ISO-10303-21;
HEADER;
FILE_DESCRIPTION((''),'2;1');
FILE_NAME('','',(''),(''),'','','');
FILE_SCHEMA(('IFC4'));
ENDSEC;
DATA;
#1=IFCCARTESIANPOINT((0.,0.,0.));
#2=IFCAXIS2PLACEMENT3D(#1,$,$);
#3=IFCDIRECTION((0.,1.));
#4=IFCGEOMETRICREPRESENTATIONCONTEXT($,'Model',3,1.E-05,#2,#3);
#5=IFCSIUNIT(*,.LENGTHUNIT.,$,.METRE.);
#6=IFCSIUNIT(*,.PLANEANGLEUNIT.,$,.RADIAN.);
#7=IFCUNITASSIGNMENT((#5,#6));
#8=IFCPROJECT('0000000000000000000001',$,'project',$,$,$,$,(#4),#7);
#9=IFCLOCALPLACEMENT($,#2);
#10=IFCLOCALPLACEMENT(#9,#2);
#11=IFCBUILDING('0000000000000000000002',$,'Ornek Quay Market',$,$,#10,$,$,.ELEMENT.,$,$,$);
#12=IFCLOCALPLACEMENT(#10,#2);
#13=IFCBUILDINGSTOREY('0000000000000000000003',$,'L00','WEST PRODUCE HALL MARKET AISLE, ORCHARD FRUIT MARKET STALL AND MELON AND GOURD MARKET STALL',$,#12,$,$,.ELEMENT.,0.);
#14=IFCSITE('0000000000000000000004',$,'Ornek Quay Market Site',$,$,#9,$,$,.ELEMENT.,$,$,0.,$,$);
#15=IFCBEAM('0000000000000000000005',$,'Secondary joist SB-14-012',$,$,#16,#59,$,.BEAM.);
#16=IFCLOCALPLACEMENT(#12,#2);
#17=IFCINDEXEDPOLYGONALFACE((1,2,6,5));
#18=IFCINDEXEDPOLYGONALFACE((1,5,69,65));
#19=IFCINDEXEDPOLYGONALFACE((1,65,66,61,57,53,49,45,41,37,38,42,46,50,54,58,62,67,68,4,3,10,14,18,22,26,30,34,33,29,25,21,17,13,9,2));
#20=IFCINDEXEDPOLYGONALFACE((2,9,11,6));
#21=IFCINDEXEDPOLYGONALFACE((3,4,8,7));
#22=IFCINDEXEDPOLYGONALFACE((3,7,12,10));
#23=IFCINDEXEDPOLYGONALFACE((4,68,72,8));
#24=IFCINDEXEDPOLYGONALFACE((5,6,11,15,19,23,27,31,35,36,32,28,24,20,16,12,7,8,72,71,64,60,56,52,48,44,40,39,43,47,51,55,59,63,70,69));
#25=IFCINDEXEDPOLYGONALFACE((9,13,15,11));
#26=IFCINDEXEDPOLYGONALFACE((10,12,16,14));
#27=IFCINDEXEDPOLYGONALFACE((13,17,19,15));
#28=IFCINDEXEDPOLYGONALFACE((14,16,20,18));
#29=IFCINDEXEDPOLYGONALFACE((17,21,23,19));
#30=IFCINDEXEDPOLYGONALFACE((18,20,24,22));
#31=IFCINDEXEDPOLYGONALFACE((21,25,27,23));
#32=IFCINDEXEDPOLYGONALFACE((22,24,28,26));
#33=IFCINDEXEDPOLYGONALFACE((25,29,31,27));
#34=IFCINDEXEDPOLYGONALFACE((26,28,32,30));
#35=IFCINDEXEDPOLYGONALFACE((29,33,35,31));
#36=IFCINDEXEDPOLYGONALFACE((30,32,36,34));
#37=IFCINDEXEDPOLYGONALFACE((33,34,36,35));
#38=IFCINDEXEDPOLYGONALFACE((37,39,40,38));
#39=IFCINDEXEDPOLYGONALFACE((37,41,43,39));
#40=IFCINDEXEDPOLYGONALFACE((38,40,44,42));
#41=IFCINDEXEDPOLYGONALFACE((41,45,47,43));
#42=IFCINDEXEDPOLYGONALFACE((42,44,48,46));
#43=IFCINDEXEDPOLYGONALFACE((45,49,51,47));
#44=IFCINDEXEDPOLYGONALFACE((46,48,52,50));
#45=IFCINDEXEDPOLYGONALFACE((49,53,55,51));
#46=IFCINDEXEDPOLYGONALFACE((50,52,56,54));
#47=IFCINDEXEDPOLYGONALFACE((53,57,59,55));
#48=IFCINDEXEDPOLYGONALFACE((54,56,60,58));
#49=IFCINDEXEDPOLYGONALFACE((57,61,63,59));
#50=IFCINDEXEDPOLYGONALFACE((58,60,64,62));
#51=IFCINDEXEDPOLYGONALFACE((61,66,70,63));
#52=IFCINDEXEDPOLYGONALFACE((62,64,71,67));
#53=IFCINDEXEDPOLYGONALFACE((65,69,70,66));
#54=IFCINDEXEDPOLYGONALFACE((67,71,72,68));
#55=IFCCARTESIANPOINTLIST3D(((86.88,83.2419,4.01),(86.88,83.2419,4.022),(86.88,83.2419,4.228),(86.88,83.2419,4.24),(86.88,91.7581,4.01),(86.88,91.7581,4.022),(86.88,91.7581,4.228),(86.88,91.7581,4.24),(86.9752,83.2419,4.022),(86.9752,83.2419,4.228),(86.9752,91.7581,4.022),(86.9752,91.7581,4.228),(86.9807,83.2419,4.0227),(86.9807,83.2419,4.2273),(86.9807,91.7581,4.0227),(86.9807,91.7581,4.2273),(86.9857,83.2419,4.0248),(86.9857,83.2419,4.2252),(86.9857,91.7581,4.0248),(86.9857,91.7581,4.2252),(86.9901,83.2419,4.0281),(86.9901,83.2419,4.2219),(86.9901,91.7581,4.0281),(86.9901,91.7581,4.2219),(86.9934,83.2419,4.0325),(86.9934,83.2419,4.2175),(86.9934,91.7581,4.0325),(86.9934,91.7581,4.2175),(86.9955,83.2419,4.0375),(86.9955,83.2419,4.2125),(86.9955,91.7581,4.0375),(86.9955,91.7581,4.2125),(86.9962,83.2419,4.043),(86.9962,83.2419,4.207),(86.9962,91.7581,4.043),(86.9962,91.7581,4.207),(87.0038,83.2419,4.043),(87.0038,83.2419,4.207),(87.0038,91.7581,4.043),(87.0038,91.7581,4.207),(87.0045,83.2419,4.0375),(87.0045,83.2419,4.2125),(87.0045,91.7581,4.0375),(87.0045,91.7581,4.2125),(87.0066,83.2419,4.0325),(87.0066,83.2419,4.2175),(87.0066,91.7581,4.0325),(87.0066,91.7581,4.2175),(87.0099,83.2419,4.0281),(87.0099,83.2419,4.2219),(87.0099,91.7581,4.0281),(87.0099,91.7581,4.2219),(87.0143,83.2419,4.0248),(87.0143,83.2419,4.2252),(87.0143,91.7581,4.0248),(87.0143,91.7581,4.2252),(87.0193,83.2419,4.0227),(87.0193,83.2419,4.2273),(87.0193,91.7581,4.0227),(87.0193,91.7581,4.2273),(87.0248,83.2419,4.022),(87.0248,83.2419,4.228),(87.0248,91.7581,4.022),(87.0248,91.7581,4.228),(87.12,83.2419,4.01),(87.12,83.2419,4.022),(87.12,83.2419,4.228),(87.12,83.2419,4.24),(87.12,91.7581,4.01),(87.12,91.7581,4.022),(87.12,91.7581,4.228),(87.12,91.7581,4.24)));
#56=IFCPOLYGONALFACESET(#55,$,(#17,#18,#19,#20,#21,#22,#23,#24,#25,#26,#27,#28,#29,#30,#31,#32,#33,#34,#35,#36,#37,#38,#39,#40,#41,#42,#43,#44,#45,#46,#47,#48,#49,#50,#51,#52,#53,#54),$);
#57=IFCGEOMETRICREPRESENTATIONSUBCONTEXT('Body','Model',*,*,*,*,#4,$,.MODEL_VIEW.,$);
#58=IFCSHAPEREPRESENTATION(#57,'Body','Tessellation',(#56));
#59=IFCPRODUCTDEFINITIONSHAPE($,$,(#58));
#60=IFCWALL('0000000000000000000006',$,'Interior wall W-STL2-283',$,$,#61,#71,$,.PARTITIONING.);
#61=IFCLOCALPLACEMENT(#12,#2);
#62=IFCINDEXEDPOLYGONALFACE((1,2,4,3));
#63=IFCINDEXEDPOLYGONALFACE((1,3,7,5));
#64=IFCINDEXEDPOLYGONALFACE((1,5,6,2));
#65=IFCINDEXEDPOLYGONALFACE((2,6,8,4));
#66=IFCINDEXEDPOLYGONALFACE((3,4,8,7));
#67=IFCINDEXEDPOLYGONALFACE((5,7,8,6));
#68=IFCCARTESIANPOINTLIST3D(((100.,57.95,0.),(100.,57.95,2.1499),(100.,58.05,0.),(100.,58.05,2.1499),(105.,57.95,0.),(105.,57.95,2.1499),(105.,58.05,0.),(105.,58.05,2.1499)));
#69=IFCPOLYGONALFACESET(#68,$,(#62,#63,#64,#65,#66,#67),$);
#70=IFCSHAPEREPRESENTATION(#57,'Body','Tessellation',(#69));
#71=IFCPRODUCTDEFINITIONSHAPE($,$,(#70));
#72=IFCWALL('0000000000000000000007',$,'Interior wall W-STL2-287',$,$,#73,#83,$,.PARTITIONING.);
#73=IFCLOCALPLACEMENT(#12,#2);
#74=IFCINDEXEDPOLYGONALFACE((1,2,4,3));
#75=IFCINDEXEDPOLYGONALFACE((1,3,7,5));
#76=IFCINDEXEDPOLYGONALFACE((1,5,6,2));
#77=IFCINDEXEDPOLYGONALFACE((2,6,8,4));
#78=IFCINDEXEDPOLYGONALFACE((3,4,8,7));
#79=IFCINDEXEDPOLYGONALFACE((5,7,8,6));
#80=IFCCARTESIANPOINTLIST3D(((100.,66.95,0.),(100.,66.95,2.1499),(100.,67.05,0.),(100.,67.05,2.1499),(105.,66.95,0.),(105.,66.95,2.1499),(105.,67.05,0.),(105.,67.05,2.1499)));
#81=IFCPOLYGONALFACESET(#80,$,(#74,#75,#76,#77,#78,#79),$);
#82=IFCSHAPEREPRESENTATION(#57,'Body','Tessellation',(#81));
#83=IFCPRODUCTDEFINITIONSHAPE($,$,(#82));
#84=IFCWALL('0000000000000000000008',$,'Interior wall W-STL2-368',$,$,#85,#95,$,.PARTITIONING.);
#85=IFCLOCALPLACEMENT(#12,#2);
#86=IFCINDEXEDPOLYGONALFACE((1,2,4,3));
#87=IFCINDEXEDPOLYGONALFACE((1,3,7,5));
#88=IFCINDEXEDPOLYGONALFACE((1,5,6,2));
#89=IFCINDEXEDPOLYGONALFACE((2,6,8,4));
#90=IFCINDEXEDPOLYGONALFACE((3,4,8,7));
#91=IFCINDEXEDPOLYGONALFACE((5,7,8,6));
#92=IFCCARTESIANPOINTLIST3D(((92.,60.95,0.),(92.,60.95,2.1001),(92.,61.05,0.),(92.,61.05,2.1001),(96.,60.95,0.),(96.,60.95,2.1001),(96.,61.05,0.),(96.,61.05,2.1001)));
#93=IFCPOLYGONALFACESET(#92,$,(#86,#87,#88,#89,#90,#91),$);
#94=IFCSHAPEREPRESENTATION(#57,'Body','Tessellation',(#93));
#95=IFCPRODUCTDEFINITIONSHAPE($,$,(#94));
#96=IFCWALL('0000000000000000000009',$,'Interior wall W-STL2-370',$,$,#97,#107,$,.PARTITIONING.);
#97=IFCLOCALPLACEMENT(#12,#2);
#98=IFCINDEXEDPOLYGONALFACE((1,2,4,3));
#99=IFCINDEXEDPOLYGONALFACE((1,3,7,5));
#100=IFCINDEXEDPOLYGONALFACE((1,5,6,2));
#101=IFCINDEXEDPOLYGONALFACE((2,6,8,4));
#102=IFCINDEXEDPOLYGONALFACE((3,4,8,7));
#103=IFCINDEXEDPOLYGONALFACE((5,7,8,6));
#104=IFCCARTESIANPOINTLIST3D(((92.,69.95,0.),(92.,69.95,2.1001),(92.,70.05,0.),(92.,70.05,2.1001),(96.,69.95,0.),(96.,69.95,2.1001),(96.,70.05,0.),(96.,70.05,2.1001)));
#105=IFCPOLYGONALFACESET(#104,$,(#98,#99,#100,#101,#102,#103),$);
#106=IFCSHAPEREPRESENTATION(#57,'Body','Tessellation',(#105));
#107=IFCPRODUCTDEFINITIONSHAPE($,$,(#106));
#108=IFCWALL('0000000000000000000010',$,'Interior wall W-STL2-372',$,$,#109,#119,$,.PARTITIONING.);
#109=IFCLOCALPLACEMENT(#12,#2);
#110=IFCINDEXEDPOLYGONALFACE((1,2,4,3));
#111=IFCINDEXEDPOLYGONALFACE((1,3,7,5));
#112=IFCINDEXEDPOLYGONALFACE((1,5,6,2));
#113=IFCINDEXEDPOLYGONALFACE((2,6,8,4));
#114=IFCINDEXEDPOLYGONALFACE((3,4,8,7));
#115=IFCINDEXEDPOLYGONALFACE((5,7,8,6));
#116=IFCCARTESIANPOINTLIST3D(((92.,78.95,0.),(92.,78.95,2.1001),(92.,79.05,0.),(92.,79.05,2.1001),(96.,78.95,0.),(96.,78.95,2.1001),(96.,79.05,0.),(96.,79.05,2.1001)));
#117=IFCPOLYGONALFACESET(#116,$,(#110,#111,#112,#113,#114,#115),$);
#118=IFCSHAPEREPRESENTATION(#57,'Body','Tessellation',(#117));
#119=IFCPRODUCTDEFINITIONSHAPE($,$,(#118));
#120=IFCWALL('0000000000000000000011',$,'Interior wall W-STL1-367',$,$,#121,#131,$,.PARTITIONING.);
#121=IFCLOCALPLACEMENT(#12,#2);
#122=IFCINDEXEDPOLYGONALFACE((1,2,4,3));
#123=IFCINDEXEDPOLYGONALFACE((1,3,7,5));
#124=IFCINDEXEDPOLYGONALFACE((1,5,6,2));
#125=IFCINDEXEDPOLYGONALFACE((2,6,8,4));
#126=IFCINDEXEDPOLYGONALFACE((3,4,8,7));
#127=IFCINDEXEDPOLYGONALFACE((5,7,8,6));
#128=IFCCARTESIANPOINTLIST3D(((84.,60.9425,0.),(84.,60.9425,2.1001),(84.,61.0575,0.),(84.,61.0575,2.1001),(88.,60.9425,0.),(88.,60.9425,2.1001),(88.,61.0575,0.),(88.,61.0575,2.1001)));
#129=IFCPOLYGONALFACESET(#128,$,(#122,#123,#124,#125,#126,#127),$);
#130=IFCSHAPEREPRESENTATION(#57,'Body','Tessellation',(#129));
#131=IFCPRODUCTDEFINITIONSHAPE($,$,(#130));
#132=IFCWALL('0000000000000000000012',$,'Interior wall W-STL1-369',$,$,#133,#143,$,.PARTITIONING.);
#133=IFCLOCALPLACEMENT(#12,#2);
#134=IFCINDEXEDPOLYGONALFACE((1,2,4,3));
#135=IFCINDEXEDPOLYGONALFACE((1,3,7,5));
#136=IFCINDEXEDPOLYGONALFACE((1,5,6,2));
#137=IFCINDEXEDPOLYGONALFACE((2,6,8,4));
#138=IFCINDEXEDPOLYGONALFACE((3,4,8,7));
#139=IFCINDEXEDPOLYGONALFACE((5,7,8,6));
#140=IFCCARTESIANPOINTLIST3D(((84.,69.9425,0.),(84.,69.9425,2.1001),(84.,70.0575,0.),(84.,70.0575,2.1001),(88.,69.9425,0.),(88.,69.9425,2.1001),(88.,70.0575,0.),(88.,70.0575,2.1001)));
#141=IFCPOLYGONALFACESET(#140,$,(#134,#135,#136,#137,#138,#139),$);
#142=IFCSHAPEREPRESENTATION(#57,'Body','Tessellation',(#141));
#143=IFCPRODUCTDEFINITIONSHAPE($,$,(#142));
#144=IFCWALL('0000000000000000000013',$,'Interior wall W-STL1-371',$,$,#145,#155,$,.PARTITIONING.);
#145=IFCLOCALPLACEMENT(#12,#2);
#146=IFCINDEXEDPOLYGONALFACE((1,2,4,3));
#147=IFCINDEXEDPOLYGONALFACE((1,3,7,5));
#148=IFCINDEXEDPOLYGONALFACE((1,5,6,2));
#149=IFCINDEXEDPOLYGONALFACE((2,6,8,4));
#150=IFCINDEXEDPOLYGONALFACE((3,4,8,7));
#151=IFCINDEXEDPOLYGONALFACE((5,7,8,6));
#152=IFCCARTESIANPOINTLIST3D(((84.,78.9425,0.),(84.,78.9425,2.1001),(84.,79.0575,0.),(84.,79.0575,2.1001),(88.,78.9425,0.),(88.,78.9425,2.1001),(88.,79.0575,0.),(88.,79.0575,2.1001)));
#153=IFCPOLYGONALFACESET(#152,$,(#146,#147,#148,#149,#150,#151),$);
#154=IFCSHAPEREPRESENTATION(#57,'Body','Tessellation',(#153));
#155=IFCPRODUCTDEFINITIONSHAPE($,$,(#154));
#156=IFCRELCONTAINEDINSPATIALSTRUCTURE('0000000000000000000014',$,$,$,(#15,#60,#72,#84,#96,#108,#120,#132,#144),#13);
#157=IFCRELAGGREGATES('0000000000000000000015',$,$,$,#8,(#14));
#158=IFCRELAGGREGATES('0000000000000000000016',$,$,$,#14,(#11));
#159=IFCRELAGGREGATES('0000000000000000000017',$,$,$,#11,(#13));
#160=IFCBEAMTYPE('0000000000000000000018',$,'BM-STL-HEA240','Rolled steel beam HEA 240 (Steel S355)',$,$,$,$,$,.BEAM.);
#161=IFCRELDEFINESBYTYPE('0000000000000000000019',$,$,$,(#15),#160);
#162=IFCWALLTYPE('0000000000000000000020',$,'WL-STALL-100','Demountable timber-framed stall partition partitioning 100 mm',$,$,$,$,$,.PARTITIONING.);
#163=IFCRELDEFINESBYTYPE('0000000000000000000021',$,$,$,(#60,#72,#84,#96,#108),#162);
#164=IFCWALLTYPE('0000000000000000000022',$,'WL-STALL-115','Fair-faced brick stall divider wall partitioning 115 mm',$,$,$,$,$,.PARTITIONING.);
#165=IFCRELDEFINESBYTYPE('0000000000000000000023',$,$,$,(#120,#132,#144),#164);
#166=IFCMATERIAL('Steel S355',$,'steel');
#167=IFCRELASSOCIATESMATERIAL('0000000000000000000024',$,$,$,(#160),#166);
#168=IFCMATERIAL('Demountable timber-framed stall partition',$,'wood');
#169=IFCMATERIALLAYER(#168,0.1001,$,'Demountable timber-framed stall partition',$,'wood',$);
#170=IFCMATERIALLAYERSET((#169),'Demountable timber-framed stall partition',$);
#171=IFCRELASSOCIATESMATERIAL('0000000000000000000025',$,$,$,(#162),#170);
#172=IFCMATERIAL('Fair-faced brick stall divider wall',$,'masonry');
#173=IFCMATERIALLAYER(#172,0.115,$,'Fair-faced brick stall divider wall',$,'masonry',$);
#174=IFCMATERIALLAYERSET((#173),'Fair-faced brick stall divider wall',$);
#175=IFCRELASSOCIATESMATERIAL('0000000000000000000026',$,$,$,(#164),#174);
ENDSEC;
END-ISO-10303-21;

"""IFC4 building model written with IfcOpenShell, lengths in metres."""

from ifc_helpers import new_model, si_unit, direction, frame, frame_2d, origin, origin_2d, place, context, subcontext, project, spatial, rectangle, i_section, extrude, material, layer, layer_set, material_profile, profile_set, type_object, element, save


model = new_model("IFC4")

# Units and contexts
model_context = context("Model", 3, precision=1e-05, world=origin(), true_north=direction((0.0, 1.0)))
body_context = subcontext(model_context, "Body", "Model", "MODEL_VIEW")
ifc_project = project(units=[si_unit("LENGTHUNIT", "METRE"), si_unit("PLANEANGLEUNIT", "RADIAN")], contexts=[model_context])

# Site, building, storey
site_placement = place(None, origin())
site = spatial("IfcSite", under=ifc_project, at=site_placement, Name="Ornek Quay Market Site", CompositionType="ELEMENT", RefElevation=0.0)
building_placement = place(site_placement, origin())
building = spatial("IfcBuilding", under=site, at=building_placement, Name="Ornek Quay Market", CompositionType="ELEMENT")
storey_placement = place(building_placement, origin())
storey = spatial("IfcBuildingStorey", under=building, at=storey_placement, Name="L00", Description="WEST PRODUCE HALL MARKET AISLE, ORCHARD FRUIT MARKET STALL AND MELON AND GOURD MARKET STALL", CompositionType="ELEMENT", Elevation=0.0)

# Beam
ifc_material_1 = material(Name="Steel S355", Category="steel")
ifc_material_profile_1 = material_profile(ifc_material_1, i_section(OverallWidth=0.24, OverallDepth=0.23, WebThickness=0.0076, FlangeThickness=0.012, FilletRadius=0.021, at=origin_2d()), Name="HEA 240", Category="steel")
ifc_profile_set_1 = profile_set([ifc_material_profile_1], Name="Steel S355")
beam_type_1 = type_object("IfcBeamType", Name="BM-STL-HEA240", Description="Rolled steel beam HEA 240 (Steel S355)", PredefinedType="BEAM", material=ifc_profile_set_1)
for number, where, z_axis, x_axis, name in (
    (1, (87.0, 83.2419, 4.125), (0.0, 1.0, 0.0), (-1.0, 0.0, 0.0), "Secondary joist SB-14-012"),
):
    element("IfcBeam", number, at=place(storey_placement, frame(where, z_axis=z_axis, x_axis=x_axis)), inside=storey, type_object=beam_type_1, Name=name, PredefinedType="BEAM", context=body_context, shape_type="SweptSolid", body=[
        extrude(i_section(OverallWidth=0.24, OverallDepth=0.23, WebThickness=0.0076, FlangeThickness=0.012, FilletRadius=0.021, at=origin_2d()), origin(), (0.0, 0.0, 1.0), 8.5161),
    ])

# Walls
ifc_material_2 = material(Name="Demountable timber-framed stall partition", Category="wood")
ifc_layer_1 = layer(ifc_material_2, 0.1001, Name="Demountable timber-framed stall partition", Category="wood")
ifc_layer_set_1 = layer_set([ifc_layer_1], Name="Demountable timber-framed stall partition")
wall_type_1 = type_object("IfcWallType", Name="WL-STALL-100", Description="Demountable timber-framed stall partition partitioning 100 mm", PredefinedType="PARTITIONING", material=ifc_layer_set_1)
for number, where, z_axis, x_axis, name in (
    (2, (100.0, 58.0, 0.0), (0.0, 0.0, 1.0), (1.0, 0.0, 0.0), "Interior wall W-STL2-283"),
    (3, (100.0, 67.0, 0.0), (0.0, 0.0, 1.0), (1.0, 0.0, 0.0), "Interior wall W-STL2-287"),
):
    element("IfcWall", number, at=place(storey_placement, frame(where, z_axis=z_axis, x_axis=x_axis)), inside=storey, type_object=wall_type_1, Name=name, PredefinedType="PARTITIONING", context=body_context, shape_type="SweptSolid", body=[
        extrude(rectangle(XDim=5.0, YDim=0.1001, at=frame_2d((2.5, 0.0))), origin(), (0.0, 0.0, 1.0), 2.1499),
    ])
for number, where, z_axis, x_axis, name in (
    (4, (92.0, 61.0, 0.0), (0.0, 0.0, 1.0), (1.0, 0.0, 0.0), "Interior wall W-STL2-368"),
    (5, (92.0, 70.0, 0.0), (0.0, 0.0, 1.0), (1.0, 0.0, 0.0), "Interior wall W-STL2-370"),
    (6, (92.0, 79.0, 0.0), (0.0, 0.0, 1.0), (1.0, 0.0, 0.0), "Interior wall W-STL2-372"),
):
    element("IfcWall", number, at=place(storey_placement, frame(where, z_axis=z_axis, x_axis=x_axis)), inside=storey, type_object=wall_type_1, Name=name, PredefinedType="PARTITIONING", context=body_context, shape_type="SweptSolid", body=[
        extrude(rectangle(XDim=4.0, YDim=0.1001, at=frame_2d((2.0, 0.0))), origin(), (0.0, 0.0, 1.0), 2.1001),
    ])
ifc_material_3 = material(Name="Fair-faced brick stall divider wall", Category="masonry")
ifc_layer_2 = layer(ifc_material_3, 0.115, Name="Fair-faced brick stall divider wall", Category="masonry")
ifc_layer_set_2 = layer_set([ifc_layer_2], Name="Fair-faced brick stall divider wall")
wall_type_2 = type_object("IfcWallType", Name="WL-STALL-115", Description="Fair-faced brick stall divider wall partitioning 115 mm", PredefinedType="PARTITIONING", material=ifc_layer_set_2)
for number, where, z_axis, x_axis, name in (
    (7, (84.0, 61.0, 0.0), (0.0, 0.0, 1.0), (1.0, 0.0, 0.0), "Interior wall W-STL1-367"),
    (8, (84.0, 70.0, 0.0), (0.0, 0.0, 1.0), (1.0, 0.0, 0.0), "Interior wall W-STL1-369"),
    (9, (84.0, 79.0, 0.0), (0.0, 0.0, 1.0), (1.0, 0.0, 0.0), "Interior wall W-STL1-371"),
):
    element("IfcWall", number, at=place(storey_placement, frame(where, z_axis=z_axis, x_axis=x_axis)), inside=storey, type_object=wall_type_2, Name=name, PredefinedType="PARTITIONING", context=body_context, shape_type="SweptSolid", body=[
        extrude(rectangle(XDim=4.0, YDim=0.115, at=frame_2d((2.0, 0.0))), origin(), (0.0, 0.0, 1.0), 2.1001),
    ])

save(model, "model.ifc")
